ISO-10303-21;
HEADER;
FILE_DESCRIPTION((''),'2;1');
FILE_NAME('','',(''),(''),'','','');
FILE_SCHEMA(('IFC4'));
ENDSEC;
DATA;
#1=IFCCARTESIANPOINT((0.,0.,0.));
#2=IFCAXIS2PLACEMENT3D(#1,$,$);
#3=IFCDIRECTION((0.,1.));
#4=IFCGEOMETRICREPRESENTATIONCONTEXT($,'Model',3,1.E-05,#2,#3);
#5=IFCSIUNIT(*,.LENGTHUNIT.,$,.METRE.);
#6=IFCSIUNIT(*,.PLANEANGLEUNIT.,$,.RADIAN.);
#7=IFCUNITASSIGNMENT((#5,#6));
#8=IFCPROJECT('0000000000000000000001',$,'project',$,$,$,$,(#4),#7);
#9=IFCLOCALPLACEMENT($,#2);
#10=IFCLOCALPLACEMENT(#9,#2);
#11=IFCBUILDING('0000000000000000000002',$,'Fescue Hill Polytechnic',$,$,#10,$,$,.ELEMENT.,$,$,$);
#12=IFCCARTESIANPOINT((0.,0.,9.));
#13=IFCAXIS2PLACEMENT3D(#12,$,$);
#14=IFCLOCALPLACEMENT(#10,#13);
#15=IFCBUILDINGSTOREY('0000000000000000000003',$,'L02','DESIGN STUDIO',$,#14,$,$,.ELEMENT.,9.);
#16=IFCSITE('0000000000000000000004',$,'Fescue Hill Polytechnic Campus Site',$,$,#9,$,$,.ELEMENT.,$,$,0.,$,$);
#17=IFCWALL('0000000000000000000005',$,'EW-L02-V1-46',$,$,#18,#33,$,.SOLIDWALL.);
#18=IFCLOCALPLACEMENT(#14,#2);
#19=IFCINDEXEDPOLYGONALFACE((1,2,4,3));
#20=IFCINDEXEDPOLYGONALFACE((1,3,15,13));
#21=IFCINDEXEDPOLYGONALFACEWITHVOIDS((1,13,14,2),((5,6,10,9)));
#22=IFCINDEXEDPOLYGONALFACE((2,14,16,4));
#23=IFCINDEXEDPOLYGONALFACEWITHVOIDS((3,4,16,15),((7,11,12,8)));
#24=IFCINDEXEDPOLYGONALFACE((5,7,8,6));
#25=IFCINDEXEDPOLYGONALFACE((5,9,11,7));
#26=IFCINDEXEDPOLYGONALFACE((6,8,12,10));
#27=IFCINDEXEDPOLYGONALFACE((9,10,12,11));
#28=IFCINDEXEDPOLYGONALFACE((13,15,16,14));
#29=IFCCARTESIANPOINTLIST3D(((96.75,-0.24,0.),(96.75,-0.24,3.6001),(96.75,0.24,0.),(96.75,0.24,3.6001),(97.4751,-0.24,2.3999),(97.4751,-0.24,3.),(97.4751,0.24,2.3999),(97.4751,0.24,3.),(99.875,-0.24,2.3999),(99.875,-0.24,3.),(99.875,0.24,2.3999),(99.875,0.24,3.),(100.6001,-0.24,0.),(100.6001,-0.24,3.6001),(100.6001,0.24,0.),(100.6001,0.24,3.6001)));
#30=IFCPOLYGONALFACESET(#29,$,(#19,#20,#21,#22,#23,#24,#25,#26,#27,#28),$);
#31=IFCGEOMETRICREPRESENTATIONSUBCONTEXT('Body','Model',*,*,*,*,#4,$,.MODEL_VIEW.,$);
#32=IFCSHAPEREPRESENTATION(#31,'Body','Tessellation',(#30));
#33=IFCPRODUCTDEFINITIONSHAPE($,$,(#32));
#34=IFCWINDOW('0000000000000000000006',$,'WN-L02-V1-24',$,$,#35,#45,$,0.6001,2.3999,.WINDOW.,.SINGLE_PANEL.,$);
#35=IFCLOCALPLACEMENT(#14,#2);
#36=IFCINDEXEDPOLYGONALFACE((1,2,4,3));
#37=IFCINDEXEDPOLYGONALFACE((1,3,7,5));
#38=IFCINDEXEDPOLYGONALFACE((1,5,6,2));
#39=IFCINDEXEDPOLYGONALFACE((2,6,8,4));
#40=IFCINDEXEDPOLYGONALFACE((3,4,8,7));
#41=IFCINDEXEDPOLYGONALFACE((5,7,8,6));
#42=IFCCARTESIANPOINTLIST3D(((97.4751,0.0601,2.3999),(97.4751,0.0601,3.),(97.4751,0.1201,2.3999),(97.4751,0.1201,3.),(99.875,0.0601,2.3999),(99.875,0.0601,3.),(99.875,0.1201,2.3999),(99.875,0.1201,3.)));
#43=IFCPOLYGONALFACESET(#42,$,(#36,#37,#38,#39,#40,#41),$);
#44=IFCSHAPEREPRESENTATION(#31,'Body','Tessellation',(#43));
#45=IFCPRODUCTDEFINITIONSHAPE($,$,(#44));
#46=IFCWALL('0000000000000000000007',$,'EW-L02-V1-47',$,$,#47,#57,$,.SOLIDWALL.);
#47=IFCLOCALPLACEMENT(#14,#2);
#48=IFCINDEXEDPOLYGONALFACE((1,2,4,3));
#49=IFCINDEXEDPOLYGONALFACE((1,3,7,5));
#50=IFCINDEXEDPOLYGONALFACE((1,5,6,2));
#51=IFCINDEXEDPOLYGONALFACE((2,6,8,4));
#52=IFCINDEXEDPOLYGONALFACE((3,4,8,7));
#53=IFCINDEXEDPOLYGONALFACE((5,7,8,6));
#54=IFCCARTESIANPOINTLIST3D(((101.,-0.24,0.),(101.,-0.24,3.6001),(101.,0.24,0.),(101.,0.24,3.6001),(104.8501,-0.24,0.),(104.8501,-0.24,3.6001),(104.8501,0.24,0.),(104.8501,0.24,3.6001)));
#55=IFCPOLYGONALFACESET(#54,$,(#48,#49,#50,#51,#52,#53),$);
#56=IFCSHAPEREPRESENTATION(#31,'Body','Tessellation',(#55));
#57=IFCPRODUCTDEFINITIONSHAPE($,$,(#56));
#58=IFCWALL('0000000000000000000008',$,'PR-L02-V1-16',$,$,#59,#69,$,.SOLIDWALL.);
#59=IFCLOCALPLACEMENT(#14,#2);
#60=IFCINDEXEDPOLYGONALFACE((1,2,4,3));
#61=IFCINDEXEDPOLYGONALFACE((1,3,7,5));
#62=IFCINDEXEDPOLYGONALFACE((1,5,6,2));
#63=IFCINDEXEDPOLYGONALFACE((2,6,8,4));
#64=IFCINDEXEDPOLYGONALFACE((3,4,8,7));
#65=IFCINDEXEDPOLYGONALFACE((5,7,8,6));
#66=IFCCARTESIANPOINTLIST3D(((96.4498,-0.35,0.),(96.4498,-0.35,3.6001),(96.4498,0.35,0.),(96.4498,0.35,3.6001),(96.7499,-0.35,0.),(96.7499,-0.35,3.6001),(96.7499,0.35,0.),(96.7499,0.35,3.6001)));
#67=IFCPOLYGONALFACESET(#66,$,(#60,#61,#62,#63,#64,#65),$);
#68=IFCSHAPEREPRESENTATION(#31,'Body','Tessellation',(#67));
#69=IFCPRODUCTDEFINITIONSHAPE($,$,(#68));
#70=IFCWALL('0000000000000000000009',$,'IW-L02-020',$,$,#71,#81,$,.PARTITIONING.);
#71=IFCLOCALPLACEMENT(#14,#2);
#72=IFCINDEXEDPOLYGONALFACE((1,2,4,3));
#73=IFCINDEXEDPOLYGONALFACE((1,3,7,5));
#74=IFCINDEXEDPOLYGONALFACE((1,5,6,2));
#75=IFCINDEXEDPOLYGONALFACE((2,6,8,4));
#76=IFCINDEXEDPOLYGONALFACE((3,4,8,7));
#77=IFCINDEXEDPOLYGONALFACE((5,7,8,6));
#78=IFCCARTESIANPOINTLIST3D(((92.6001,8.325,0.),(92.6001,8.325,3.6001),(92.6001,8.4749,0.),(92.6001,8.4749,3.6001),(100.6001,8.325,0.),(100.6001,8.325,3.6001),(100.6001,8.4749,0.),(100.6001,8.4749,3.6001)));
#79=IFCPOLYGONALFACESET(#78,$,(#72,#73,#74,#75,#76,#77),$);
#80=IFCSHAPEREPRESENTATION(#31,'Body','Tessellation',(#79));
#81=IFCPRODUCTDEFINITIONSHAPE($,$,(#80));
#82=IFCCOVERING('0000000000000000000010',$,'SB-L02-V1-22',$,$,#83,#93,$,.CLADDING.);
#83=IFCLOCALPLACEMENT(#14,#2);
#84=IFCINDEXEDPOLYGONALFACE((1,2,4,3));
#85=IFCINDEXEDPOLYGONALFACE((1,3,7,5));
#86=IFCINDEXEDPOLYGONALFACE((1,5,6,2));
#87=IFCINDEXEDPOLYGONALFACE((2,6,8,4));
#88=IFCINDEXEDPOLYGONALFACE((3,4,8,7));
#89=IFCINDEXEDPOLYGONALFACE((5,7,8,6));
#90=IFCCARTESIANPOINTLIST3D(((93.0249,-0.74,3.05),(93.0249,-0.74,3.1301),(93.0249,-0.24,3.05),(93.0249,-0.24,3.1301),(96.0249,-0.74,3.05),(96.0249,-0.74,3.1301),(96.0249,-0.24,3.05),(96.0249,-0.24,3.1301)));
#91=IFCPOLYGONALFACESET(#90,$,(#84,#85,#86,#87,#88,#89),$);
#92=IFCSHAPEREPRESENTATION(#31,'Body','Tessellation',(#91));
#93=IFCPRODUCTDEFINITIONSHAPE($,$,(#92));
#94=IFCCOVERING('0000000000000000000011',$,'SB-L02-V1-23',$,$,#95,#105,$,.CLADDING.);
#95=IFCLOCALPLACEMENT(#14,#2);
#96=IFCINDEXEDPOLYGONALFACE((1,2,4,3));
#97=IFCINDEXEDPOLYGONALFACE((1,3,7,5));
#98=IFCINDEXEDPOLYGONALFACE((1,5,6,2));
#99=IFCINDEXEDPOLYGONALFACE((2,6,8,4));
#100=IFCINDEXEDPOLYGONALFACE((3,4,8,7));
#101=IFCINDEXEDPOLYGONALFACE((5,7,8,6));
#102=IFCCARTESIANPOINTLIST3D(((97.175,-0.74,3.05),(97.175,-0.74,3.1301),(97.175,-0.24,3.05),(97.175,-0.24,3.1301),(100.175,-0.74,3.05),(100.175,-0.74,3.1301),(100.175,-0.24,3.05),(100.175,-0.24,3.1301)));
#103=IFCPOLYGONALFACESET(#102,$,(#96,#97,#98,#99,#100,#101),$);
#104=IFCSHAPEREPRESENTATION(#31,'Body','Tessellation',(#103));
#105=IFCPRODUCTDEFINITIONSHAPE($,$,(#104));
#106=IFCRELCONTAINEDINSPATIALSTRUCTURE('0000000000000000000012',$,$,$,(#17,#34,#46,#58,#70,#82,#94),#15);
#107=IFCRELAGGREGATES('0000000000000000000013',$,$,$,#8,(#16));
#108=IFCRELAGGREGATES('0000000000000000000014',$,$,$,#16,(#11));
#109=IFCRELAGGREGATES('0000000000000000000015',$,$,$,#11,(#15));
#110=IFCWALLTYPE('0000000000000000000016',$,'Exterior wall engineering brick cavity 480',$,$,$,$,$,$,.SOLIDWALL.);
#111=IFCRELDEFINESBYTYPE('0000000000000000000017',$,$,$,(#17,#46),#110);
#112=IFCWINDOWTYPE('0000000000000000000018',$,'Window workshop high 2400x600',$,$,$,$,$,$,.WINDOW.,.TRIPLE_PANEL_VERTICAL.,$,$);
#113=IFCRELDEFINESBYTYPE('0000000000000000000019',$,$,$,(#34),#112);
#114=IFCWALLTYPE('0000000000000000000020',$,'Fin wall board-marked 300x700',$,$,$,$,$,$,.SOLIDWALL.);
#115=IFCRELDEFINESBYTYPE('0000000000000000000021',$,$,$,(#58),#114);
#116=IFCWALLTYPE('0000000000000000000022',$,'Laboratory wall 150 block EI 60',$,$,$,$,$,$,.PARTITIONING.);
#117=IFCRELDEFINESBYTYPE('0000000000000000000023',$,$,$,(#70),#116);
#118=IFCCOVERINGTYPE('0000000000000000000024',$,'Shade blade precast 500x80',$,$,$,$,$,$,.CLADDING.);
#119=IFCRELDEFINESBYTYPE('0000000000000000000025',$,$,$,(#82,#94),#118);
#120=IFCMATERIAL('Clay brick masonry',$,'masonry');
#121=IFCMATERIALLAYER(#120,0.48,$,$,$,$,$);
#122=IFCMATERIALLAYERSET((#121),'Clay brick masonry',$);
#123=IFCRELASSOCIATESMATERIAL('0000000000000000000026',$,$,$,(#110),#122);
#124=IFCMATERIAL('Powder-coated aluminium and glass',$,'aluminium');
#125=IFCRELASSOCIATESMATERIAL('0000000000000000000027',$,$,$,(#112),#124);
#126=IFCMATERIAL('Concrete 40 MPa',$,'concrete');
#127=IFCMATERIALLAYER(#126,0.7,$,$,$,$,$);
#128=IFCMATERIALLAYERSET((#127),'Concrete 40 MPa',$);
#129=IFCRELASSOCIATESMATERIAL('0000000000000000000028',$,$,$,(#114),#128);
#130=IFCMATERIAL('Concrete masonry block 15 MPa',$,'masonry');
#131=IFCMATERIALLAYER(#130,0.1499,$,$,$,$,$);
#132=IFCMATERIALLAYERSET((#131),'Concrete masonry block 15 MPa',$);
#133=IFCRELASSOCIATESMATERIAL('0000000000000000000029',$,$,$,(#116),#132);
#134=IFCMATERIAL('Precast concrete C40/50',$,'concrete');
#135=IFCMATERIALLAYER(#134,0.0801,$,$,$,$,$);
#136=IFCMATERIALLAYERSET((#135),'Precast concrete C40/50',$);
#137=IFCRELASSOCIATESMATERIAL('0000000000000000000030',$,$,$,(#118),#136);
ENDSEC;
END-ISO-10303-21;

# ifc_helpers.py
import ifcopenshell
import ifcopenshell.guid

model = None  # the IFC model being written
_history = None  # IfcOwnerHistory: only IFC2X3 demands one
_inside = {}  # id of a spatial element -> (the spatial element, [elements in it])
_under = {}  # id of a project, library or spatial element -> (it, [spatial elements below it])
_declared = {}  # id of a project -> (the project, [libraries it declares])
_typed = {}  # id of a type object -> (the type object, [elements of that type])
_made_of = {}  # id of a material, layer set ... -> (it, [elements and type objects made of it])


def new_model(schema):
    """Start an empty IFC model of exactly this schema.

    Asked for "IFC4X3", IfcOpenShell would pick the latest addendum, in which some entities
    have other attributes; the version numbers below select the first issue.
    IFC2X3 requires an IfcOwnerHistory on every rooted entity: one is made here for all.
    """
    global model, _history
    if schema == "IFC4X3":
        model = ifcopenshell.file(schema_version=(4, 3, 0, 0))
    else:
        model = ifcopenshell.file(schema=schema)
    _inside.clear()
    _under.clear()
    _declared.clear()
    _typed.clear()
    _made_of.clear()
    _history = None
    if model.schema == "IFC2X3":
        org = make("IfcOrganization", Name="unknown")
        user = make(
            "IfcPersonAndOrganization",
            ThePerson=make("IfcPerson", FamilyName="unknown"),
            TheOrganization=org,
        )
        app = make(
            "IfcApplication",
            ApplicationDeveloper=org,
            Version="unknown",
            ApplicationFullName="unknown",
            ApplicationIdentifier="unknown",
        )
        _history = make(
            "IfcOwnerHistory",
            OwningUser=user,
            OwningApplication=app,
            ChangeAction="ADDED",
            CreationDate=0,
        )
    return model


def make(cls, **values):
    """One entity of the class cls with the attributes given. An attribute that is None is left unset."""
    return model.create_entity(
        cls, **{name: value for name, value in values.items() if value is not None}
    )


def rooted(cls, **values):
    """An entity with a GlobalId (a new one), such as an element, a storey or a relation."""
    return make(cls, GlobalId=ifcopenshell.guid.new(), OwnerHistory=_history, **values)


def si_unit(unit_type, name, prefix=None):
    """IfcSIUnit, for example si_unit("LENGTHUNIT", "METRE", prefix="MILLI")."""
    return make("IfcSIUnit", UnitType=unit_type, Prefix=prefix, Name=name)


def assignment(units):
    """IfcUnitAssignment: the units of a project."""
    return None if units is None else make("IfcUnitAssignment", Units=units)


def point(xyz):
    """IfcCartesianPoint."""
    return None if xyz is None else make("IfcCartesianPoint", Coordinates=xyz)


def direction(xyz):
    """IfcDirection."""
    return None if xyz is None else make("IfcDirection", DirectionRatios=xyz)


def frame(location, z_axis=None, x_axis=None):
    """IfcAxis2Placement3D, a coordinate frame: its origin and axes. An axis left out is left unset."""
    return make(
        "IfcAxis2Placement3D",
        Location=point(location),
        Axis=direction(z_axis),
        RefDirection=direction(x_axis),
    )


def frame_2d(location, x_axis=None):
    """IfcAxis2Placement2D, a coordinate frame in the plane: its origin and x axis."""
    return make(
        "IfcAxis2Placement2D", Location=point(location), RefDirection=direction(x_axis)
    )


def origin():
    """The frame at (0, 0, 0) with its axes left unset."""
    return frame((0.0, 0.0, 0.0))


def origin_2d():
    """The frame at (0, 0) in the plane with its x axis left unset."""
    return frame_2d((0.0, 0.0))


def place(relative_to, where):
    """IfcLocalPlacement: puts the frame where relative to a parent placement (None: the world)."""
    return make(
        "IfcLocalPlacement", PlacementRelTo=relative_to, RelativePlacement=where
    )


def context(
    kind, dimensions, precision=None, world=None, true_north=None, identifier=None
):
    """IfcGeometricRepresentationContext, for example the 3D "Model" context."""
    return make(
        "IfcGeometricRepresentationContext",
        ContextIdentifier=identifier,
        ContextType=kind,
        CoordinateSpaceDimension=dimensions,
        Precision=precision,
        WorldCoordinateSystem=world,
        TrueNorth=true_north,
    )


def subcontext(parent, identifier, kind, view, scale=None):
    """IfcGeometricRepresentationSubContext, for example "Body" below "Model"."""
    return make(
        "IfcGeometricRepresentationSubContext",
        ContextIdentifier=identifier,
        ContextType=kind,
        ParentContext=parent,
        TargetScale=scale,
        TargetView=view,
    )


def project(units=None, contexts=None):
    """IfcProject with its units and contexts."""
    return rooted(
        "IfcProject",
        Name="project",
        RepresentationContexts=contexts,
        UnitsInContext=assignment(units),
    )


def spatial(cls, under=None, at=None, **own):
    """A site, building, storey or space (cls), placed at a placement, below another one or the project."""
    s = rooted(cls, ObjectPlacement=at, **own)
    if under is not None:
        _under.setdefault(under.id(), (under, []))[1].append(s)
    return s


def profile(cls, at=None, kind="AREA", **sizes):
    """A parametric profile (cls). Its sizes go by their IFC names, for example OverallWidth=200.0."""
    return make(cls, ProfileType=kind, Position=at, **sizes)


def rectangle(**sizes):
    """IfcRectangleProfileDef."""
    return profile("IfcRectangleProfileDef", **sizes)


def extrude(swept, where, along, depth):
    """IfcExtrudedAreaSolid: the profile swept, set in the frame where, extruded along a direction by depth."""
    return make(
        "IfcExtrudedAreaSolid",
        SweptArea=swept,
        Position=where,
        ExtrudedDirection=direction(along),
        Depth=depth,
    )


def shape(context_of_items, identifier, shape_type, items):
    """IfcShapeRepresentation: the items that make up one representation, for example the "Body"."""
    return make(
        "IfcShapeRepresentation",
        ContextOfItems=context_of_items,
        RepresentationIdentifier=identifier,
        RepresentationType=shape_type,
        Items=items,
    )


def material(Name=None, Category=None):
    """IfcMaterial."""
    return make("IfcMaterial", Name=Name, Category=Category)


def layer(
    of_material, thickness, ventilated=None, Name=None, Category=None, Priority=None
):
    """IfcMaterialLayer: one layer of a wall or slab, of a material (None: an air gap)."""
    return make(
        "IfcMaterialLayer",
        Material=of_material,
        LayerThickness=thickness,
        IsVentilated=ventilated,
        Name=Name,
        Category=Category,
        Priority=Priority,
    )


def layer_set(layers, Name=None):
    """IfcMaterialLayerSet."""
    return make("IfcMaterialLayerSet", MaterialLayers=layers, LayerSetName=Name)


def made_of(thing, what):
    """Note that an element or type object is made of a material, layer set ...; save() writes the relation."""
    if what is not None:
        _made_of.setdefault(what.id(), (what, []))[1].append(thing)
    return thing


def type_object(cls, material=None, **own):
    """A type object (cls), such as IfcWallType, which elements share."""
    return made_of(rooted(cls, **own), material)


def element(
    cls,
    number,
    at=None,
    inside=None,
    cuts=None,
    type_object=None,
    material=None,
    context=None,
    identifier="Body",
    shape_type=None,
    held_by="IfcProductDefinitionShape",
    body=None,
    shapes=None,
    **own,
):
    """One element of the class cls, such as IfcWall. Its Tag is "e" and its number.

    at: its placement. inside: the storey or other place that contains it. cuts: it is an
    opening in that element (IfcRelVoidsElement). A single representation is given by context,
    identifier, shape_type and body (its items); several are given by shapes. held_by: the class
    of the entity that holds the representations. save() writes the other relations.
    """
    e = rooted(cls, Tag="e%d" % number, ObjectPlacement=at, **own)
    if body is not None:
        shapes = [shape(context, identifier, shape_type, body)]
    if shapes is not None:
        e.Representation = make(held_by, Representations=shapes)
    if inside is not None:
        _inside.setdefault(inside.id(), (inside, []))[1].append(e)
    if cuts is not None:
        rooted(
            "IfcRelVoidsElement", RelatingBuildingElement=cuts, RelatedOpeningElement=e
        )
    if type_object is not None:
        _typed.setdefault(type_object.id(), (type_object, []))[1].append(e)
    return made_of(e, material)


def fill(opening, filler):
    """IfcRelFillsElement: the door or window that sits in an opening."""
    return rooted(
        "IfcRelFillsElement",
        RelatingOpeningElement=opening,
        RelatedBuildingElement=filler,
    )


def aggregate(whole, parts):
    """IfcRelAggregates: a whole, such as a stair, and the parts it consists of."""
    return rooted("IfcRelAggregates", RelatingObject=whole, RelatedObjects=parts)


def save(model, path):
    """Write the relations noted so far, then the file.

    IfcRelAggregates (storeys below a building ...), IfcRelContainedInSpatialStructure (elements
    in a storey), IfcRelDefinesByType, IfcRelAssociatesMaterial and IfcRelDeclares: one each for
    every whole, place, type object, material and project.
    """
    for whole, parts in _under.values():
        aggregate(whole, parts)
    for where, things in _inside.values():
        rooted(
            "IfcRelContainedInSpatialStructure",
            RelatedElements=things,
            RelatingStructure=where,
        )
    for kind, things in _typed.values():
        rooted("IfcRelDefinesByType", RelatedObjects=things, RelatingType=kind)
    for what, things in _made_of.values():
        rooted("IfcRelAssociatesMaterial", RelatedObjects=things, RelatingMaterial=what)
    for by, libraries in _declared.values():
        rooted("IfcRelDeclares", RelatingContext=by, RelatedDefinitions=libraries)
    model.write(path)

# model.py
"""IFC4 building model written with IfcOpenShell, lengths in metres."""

from ifc_helpers import new_model, si_unit, direction, frame, frame_2d, origin, origin_2d, place, context, subcontext, project, spatial, rectangle, extrude, material, layer, layer_set, type_object, element, fill, save


model = new_model("IFC4")

# Units and contexts
model_context = context("Model", 3, precision=1e-05, world=origin(), true_north=direction((0.0, 1.0)))
body_context = subcontext(model_context, "Body", "Model", "MODEL_VIEW")
ifc_project = project(units=[si_unit("LENGTHUNIT", "METRE"), si_unit("PLANEANGLEUNIT", "RADIAN")], contexts=[model_context])

# Site, building, storey
site_placement = place(None, origin())
site = spatial("IfcSite", under=ifc_project, at=site_placement, Name="Fescue Hill Polytechnic Campus Site", CompositionType="ELEMENT", RefElevation=0.0)
building_placement = place(site_placement, origin())
building = spatial("IfcBuilding", under=site, at=building_placement, Name="Fescue Hill Polytechnic", CompositionType="ELEMENT")
storey_placement = place(building_placement, frame((0.0, 0.0, 9.0)))
storey = spatial("IfcBuildingStorey", under=building, at=storey_placement, Name="L02", Description="DESIGN STUDIO", CompositionType="ELEMENT", Elevation=9.0)

# Shared definitions
ifc_material_1 = material(Name="Concrete 40 MPa", Category="concrete")

# Wall, opening, window
ifc_material_2 = material(Name="Clay brick masonry", Category="masonry")
ifc_layer_1 = layer(ifc_material_2, 0.48)
ifc_layer_set_1 = layer_set([ifc_layer_1], Name="Clay brick masonry")
wall_type_1 = type_object("IfcWallType", Name="Exterior wall engineering brick cavity 480", PredefinedType="SOLIDWALL", material=ifc_layer_set_1)
ifc_material_3 = material(Name="Powder-coated aluminium and glass", Category="aluminium")
window_type = type_object("IfcWindowType", Name="Window workshop high 2400x600", PartitioningType="TRIPLE_PANEL_VERTICAL", PredefinedType="WINDOW", material=ifc_material_3)
wall_1_placement = place(storey_placement, frame((96.75, 0.0, 0.0), z_axis=(0.0, 0.0, 1.0), x_axis=(1.0, 0.0, 0.0)))
wall_1 = element("IfcWall", 1, at=wall_1_placement, inside=storey, type_object=wall_type_1, Name="EW-L02-V1-46", PredefinedType="SOLIDWALL", context=body_context, shape_type="SweptSolid", body=[
    extrude(rectangle(XDim=3.8501, YDim=0.48, at=frame_2d((1.925, 0.0))), origin(), (0.0, 0.0, 1.0), 3.6001),
])
opening_1_placement = place(wall_1_placement, frame((0.7251, 0.0, 2.3999)))
opening_1 = element("IfcOpeningElement", 2, at=opening_1_placement, cuts=wall_1, PredefinedType="OPENING", context=body_context, shape_type="SweptSolid", body=[
    extrude(rectangle(XDim=2.3999, YDim=0.6001, at=frame_2d((1.2, 0.3))), frame((0.0, 0.25, 0.0), z_axis=(0.0, -1.0, 0.0), x_axis=(1.0, 0.0, 0.0)), (0.0, 0.0, 1.0), 0.5),
])
window_1_placement = place(opening_1_placement, origin())
window_1 = element("IfcWindow", 3, at=window_1_placement, inside=storey, type_object=window_type, Name="WN-L02-V1-24", OverallHeight=0.6001, OverallWidth=2.3999, PartitioningType="SINGLE_PANEL", PredefinedType="WINDOW", context=body_context, shape_type="SweptSolid", body=[
    extrude(rectangle(XDim=2.3999, YDim=0.6001, at=frame_2d((1.2, 0.3))), frame((0.0, 0.1201, 0.0), z_axis=(0.0, -1.0, 0.0), x_axis=(1.0, 0.0, 0.0)), (0.0, 0.0, 1.0), 0.0601),
])
fill(opening_1, window_1)

# Walls
wall_2_placement = place(storey_placement, frame((101.0, 0.0, 0.0), z_axis=(0.0, 0.0, 1.0), x_axis=(1.0, 0.0, 0.0)))
element("IfcWall", 4, at=wall_2_placement, inside=storey, type_object=wall_type_1, Name="EW-L02-V1-47", PredefinedType="SOLIDWALL", context=body_context, shape_type="SweptSolid", body=[
    extrude(rectangle(XDim=3.8501, YDim=0.48, at=frame_2d((1.925, 0.0))), origin(), (0.0, 0.0, 1.0), 3.6001),
])
ifc_layer_2 = layer(ifc_material_1, 0.7)
ifc_layer_set_2 = layer_set([ifc_layer_2], Name="Concrete 40 MPa")
wall_type_2 = type_object("IfcWallType", Name="Fin wall board-marked 300x700", PredefinedType="SOLIDWALL", material=ifc_layer_set_2)
wall_3_placement = place(storey_placement, frame((96.45, 0.0, 0.0), z_axis=(0.0, 0.0, 1.0), x_axis=(1.0, 0.0, 0.0)))
element("IfcWall", 5, at=wall_3_placement, inside=storey, type_object=wall_type_2, Name="PR-L02-V1-16", PredefinedType="SOLIDWALL", context=body_context, shape_type="SweptSolid", body=[
    extrude(rectangle(XDim=0.3, YDim=0.7, at=frame_2d((0.1499, 0.0))), origin(), (0.0, 0.0, 1.0), 3.6001),
])
ifc_material_4 = material(Name="Concrete masonry block 15 MPa", Category="masonry")
ifc_layer_3 = layer(ifc_material_4, 0.1499)
ifc_layer_set_3 = layer_set([ifc_layer_3], Name="Concrete masonry block 15 MPa")
wall_type_3 = type_object("IfcWallType", Name="Laboratory wall 150 block EI 60", PredefinedType="PARTITIONING", material=ifc_layer_set_3)
wall_4_placement = place(storey_placement, frame((92.6001, 8.3999, 0.0), z_axis=(0.0, 0.0, 1.0), x_axis=(1.0, 0.0, 0.0)))
element("IfcWall", 6, at=wall_4_placement, inside=storey, type_object=wall_type_3, Name="IW-L02-020", PredefinedType="PARTITIONING", context=body_context, shape_type="SweptSolid", body=[
    extrude(rectangle(XDim=8.0, YDim=0.1499, at=frame_2d((4.0, 0.0))), origin(), (0.0, 0.0, 1.0), 3.6001),
])

# Coverings
ifc_material_5 = material(Name="Precast concrete C40/50", Category="concrete")
ifc_layer_4 = layer(ifc_material_5, 0.0801)
ifc_layer_set_4 = layer_set([ifc_layer_4], Name="Precast concrete C40/50")
covering_type = type_object("IfcCoveringType", Name="Shade blade precast 500x80", PredefinedType="CLADDING", material=ifc_layer_set_4)
for number, where, z_axis, x_axis, name in (
    (7, (94.5249, -0.49, 3.05), (0.0, 0.0, 1.0), (1.0, 0.0, 0.0), "SB-L02-V1-22"),
    (8, (98.675, -0.49, 3.05), (0.0, 0.0, 1.0), (1.0, 0.0, 0.0), "SB-L02-V1-23"),
):
    element("IfcCovering", number, at=place(storey_placement, frame(where, z_axis=z_axis, x_axis=x_axis)), inside=storey, type_object=covering_type, Name=name, PredefinedType="CLADDING", context=body_context, shape_type="SweptSolid", body=[
        extrude(rectangle(XDim=3.0, YDim=0.5, at=origin_2d()), origin(), (0.0, 0.0, 1.0), 0.0801),
    ])

save(model, "model.ifc")
